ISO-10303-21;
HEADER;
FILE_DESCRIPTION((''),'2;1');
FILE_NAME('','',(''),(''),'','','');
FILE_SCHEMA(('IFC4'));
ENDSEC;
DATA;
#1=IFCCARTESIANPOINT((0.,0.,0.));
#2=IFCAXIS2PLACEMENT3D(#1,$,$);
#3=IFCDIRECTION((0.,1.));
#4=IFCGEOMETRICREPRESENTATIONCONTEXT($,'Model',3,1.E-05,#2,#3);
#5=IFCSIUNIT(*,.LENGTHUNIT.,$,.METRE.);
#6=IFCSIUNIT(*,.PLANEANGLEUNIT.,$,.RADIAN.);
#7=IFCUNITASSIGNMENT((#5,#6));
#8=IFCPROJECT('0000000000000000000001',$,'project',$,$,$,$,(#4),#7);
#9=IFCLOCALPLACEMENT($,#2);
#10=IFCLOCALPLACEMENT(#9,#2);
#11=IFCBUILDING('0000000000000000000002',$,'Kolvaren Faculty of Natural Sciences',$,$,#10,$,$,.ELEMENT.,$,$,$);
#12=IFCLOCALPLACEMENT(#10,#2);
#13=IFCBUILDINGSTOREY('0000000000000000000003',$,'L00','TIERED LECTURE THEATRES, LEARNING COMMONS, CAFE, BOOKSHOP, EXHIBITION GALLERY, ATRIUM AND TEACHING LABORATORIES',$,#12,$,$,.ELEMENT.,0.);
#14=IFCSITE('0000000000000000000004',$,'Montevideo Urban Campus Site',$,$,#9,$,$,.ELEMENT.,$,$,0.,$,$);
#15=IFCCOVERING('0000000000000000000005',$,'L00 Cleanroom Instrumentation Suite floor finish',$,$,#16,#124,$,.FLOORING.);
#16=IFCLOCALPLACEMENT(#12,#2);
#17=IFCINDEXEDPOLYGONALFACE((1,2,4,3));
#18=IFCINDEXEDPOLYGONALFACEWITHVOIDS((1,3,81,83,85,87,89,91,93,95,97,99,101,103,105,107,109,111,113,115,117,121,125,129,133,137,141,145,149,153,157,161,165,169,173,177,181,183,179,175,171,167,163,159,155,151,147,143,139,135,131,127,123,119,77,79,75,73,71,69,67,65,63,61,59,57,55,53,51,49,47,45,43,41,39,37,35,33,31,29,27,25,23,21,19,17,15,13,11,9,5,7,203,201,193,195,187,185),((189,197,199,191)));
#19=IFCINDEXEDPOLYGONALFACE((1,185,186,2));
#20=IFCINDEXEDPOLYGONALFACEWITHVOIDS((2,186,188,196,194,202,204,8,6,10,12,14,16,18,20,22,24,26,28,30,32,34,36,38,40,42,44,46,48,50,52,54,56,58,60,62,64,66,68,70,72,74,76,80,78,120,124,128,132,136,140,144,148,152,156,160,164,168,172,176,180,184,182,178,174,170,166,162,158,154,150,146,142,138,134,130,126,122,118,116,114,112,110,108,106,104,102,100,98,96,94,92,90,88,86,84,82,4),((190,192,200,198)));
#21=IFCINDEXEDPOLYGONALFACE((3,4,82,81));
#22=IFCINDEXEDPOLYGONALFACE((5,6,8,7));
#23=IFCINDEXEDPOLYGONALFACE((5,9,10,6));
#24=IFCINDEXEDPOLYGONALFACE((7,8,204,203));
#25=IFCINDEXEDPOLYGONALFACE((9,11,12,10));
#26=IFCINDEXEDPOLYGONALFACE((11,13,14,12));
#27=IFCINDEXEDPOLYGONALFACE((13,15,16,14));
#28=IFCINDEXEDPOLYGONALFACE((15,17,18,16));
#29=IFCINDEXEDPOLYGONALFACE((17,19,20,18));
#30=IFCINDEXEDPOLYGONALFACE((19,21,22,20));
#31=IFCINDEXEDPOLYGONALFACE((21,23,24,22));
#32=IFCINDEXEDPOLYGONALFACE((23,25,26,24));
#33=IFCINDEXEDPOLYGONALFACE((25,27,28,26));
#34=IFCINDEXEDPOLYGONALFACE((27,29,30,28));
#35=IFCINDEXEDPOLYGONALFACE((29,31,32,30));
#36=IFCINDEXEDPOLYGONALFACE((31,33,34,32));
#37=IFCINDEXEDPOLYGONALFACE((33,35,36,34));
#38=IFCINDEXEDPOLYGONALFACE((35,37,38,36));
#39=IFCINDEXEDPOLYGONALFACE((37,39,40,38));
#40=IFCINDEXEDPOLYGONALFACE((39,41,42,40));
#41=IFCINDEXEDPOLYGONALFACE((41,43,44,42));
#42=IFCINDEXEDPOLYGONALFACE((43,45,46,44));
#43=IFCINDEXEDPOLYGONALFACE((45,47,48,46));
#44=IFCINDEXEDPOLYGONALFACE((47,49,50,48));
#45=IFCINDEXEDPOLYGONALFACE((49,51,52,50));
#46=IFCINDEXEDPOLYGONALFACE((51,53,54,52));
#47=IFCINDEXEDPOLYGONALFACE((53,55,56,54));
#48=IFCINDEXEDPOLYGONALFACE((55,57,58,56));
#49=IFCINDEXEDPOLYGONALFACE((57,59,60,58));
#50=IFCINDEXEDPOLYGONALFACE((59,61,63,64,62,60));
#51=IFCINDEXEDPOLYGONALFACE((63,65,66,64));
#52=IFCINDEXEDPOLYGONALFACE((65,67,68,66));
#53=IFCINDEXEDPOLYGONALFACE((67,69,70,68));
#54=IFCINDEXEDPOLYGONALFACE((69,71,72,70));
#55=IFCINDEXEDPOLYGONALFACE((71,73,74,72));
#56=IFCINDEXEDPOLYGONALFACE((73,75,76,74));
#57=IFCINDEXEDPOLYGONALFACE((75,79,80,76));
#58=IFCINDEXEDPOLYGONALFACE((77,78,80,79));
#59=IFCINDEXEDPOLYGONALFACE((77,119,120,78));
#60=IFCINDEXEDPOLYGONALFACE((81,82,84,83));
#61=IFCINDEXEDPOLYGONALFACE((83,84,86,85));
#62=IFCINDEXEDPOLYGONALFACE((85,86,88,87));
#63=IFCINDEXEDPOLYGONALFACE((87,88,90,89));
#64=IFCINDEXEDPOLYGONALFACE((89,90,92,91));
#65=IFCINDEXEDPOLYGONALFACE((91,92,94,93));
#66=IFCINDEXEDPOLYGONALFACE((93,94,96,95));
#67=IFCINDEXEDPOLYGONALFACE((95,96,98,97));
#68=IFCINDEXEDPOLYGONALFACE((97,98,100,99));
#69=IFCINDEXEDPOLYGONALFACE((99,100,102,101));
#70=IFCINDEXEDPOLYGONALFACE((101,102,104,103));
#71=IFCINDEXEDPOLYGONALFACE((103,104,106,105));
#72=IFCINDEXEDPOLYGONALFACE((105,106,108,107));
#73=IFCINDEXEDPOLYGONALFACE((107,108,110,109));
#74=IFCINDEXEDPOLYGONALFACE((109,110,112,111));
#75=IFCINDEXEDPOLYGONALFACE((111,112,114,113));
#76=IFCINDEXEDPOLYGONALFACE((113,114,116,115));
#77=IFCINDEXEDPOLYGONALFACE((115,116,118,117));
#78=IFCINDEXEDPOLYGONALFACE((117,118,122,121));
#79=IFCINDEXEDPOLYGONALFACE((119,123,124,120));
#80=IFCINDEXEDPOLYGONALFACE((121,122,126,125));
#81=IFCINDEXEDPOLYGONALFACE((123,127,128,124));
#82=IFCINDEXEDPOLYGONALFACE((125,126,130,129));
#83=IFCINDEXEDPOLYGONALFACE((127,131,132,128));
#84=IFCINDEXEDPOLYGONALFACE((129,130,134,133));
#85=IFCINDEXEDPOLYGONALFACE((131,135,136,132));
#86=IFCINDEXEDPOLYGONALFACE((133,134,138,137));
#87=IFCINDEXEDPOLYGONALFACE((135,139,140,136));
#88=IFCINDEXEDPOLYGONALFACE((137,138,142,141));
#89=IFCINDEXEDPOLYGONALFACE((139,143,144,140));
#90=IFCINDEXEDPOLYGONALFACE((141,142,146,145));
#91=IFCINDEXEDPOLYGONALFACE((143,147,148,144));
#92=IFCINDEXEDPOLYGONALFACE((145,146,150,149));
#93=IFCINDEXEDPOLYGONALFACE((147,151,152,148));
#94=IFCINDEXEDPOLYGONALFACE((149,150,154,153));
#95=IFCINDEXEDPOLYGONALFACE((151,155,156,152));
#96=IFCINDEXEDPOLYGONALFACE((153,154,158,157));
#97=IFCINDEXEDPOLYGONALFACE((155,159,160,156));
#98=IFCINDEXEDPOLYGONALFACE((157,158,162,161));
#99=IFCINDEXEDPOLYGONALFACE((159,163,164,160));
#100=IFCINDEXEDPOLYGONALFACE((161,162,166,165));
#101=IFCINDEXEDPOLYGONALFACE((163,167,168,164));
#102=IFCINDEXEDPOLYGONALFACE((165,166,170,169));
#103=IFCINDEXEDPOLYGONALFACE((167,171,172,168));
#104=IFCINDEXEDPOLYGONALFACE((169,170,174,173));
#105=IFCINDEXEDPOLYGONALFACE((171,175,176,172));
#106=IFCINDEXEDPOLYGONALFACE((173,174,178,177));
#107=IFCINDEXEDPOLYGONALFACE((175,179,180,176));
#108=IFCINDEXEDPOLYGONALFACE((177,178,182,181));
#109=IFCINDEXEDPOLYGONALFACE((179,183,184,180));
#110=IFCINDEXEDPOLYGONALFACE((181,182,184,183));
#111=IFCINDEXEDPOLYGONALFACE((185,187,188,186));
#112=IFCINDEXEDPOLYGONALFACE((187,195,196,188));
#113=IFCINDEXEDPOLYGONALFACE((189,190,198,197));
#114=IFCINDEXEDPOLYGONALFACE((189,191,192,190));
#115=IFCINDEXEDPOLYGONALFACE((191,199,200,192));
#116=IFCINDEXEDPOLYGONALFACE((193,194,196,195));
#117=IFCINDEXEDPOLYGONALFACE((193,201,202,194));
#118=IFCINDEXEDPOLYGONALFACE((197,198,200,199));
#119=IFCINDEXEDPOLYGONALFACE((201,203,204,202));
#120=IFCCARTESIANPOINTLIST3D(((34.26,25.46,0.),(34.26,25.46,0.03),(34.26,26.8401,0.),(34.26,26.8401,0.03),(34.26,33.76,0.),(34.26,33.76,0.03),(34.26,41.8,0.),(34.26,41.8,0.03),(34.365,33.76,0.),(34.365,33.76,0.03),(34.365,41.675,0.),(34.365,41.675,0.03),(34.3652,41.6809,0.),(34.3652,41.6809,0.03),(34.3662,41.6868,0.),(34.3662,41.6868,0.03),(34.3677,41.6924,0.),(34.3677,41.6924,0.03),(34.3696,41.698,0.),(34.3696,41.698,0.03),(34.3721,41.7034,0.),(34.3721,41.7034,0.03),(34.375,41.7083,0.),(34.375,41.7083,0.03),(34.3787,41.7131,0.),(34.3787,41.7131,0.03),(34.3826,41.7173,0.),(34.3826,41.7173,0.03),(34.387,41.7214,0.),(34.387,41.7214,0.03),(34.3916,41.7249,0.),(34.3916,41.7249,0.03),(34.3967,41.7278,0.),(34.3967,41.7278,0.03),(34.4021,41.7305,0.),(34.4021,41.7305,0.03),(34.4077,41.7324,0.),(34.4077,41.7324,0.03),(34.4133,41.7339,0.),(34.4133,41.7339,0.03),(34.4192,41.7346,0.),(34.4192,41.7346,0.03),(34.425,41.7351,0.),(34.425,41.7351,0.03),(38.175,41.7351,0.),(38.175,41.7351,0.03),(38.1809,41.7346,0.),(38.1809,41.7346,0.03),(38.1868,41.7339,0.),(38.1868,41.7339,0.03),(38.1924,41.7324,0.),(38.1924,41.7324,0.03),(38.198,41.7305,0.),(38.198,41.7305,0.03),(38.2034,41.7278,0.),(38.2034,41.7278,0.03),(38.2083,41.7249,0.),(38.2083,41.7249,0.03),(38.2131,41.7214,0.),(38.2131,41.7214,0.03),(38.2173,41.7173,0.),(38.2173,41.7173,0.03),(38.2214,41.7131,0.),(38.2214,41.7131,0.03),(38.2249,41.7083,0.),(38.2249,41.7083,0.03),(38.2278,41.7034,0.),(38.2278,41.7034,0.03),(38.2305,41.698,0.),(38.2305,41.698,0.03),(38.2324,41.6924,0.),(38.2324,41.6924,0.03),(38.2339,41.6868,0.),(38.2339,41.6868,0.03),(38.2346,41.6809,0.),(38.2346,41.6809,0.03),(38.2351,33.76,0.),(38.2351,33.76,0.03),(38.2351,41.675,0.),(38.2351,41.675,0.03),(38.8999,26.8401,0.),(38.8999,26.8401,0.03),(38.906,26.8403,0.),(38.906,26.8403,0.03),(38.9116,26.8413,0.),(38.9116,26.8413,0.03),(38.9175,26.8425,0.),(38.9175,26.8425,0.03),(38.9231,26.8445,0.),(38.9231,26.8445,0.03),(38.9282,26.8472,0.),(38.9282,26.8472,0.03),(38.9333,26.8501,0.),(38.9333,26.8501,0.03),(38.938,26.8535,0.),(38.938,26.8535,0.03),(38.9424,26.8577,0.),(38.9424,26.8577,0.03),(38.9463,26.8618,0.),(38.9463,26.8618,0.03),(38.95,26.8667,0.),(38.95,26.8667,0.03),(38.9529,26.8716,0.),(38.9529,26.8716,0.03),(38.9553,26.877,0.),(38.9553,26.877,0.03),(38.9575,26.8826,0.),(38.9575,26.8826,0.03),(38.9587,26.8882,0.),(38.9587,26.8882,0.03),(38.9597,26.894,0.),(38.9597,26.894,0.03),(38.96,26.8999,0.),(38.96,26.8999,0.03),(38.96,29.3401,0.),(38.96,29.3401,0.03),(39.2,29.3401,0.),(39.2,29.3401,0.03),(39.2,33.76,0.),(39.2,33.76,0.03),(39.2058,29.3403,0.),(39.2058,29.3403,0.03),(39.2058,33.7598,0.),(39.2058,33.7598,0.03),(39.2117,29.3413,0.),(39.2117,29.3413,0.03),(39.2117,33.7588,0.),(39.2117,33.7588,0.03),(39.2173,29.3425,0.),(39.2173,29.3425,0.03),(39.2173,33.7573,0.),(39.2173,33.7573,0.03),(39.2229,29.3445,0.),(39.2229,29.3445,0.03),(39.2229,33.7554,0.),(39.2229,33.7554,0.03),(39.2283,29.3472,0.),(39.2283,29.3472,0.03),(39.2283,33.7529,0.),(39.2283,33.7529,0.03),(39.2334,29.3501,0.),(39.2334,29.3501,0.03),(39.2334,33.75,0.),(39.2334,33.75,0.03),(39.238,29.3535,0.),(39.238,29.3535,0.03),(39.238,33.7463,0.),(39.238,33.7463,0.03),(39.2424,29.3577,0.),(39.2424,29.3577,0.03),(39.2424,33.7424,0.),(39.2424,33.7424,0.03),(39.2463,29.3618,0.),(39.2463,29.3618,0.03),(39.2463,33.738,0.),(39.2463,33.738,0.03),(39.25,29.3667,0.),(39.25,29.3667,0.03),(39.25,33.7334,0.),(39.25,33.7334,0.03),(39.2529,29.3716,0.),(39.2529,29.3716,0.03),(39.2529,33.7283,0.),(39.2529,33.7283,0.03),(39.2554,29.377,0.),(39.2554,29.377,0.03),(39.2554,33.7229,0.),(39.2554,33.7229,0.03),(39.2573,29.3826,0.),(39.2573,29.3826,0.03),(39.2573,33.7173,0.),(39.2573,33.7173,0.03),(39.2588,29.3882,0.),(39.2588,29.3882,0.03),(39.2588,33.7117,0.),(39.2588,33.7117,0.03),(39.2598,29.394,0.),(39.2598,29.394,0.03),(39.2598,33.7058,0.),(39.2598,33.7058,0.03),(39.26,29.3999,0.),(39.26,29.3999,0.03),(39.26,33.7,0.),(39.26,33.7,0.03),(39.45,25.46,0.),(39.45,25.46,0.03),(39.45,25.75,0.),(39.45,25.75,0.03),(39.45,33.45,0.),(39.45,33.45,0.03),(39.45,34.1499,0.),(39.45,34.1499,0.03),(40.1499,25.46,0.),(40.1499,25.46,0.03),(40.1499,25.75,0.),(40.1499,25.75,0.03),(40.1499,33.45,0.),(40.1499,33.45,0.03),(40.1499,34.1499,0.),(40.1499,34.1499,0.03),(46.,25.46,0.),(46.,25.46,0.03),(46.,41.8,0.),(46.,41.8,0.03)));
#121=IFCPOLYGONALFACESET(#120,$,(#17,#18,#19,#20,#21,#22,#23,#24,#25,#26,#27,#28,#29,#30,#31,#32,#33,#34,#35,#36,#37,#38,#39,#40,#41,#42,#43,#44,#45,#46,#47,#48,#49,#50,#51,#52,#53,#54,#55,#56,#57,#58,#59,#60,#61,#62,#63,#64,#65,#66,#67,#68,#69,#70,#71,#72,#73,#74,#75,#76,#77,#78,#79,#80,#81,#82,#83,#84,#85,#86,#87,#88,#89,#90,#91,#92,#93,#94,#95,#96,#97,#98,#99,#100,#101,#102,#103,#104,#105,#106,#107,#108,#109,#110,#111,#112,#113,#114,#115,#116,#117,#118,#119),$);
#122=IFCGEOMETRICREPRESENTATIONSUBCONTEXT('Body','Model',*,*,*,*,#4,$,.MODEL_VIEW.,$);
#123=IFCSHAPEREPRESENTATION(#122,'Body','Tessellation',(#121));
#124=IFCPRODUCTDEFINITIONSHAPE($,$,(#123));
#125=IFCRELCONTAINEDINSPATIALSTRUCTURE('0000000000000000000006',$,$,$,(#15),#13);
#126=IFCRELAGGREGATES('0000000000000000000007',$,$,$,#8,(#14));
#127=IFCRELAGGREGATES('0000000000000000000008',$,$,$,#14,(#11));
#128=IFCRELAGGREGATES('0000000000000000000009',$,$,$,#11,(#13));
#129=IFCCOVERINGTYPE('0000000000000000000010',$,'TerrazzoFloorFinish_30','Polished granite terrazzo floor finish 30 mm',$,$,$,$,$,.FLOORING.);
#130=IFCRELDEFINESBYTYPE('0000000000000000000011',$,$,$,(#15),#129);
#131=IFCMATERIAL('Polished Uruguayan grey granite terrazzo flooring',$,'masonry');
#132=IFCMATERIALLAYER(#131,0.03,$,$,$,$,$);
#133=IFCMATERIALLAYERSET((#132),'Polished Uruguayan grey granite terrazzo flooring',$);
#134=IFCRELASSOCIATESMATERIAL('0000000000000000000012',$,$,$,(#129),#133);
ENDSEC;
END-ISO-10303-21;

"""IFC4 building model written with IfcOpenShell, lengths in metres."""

from ifc_helpers import new_model, si_unit, direction, origin, place, context, subcontext, project, spatial, polyline, outline, extrude, material, layer, layer_set, type_object, element, save


model = new_model("IFC4")

# Units and contexts
model_context = context("Model", 3, precision=1e-05, world=origin(), true_north=direction((0.0, 1.0)))
body_context = subcontext(model_context, "Body", "Model", "MODEL_VIEW")
ifc_project = project(units=[si_unit("LENGTHUNIT", "METRE"), si_unit("PLANEANGLEUNIT", "RADIAN")], contexts=[model_context])

# Site, building, storey
site_placement = place(None, origin())
site = spatial("IfcSite", under=ifc_project, at=site_placement, Name="Montevideo Urban Campus Site", CompositionType="ELEMENT", RefElevation=0.0)
building_placement = place(site_placement, origin())
building = spatial("IfcBuilding", under=site, at=building_placement, Name="Kolvaren Faculty of Natural Sciences", CompositionType="ELEMENT")
storey_placement = place(building_placement, origin())
storey = spatial("IfcBuildingStorey", under=building, at=storey_placement, Name="L00", Description="TIERED LECTURE THEATRES, LEARNING COMMONS, CAFE, BOOKSHOP, EXHIBITION GALLERY, ATRIUM AND TEACHING LABORATORIES", CompositionType="ELEMENT", Elevation=0.0)

# Covering
ifc_material_1 = material(Name="Polished Uruguayan grey granite terrazzo flooring", Category="masonry")
ifc_layer_1 = layer(ifc_material_1, 0.03)
ifc_layer_set_1 = layer_set([ifc_layer_1], Name="Polished Uruguayan grey granite terrazzo flooring")
covering_type_1 = type_object("IfcCoveringType", Name="TerrazzoFloorFinish_30", Description="Polished granite terrazzo floor finish 30 mm", PredefinedType="FLOORING", material=ifc_layer_set_1)
covering_1_placement = place(storey_placement, origin())
element("IfcCovering", 1, at=covering_1_placement, inside=storey, type_object=covering_type_1, Name="L00 Cleanroom Instrumentation Suite floor finish", PredefinedType="FLOORING", context=body_context, shape_type="SweptSolid", body=[
    extrude(outline(polyline([(38.906, 26.8403), (38.9116, 26.8413), (38.9175, 26.8425), (38.9231, 26.8445), (38.9282, 26.8472), (38.9333, 26.8501), (38.938, 26.8535), (38.9424, 26.8577), (38.9463, 26.8618), (38.95, 26.8667), (38.9529, 26.8716), (38.9553, 26.877), (38.9575, 26.8826), (38.9587, 26.8882), (38.9597, 26.894), (38.96, 26.8999), (38.96, 29.3401), (39.2, 29.3401), (39.2058, 29.3403), (39.2117, 29.3413), (39.2173, 29.3425), (39.2229, 29.3445), (39.2283, 29.3472), (39.2334, 29.3501), (39.238, 29.3535), (39.2424, 29.3577), (39.2463, 29.3618), (39.25, 29.3667), (39.2529, 29.3716), (39.2554, 29.377), (39.2573, 29.3826), (39.2588, 29.3882), (39.2598, 29.394), (39.26, 29.3999), (39.26, 33.7), (39.2598, 33.7058), (39.2588, 33.7117), (39.2573, 33.7173), (39.2554, 33.7229), (39.2529, 33.7283), (39.25, 33.7334), (39.2463, 33.738), (39.2424, 33.7424), (39.238, 33.7463), (39.2334, 33.75), (39.2283, 33.7529), (39.2229, 33.7554), (39.2173, 33.7573), (39.2117, 33.7588), (39.2058, 33.7598), (39.2, 33.76), (38.2351, 33.76), (38.2351, 41.675), (38.2346, 41.6809), (38.2339, 41.6868), (38.2324, 41.6924), (38.2305, 41.698), (38.2278, 41.7034), (38.2249, 41.7083), (38.2214, 41.7131), (38.2173, 41.7173), (38.2131, 41.7214), (38.2083, 41.7249), (38.2034, 41.7278), (38.198, 41.7305), (38.1924, 41.7324), (38.1868, 41.7339), (38.1809, 41.7346), (38.175, 41.7351), (34.425, 41.7351), (34.4192, 41.7346), (34.4133, 41.7339), (34.4077, 41.7324), (34.4021, 41.7305), (34.3967, 41.7278), (34.3916, 41.7249), (34.387, 41.7214), (34.3826, 41.7173), (34.3787, 41.7131), (34.375, 41.7083), (34.3721, 41.7034), (34.3696, 41.698), (34.3677, 41.6924), (34.3662, 41.6868), (34.3652, 41.6809), (34.365, 41.675), (34.365, 33.76), (34.26, 33.76), (34.26, 41.8), (46.0, 41.8), (46.0, 25.46), (40.1499, 25.46), (40.1499, 25.75), (39.45, 25.75), (39.45, 25.46), (34.26, 25.46), (34.26, 26.8401), (38.8999, 26.8401), (38.906, 26.8403)]), holes=[polyline([(40.1499, 34.1499), (39.45, 34.1499), (39.45, 33.45), (40.1499, 33.45), (40.1499, 34.1499)])]), origin(), (0.0, 0.0, 1.0), 0.03),
])

save(model, "model.ifc")
